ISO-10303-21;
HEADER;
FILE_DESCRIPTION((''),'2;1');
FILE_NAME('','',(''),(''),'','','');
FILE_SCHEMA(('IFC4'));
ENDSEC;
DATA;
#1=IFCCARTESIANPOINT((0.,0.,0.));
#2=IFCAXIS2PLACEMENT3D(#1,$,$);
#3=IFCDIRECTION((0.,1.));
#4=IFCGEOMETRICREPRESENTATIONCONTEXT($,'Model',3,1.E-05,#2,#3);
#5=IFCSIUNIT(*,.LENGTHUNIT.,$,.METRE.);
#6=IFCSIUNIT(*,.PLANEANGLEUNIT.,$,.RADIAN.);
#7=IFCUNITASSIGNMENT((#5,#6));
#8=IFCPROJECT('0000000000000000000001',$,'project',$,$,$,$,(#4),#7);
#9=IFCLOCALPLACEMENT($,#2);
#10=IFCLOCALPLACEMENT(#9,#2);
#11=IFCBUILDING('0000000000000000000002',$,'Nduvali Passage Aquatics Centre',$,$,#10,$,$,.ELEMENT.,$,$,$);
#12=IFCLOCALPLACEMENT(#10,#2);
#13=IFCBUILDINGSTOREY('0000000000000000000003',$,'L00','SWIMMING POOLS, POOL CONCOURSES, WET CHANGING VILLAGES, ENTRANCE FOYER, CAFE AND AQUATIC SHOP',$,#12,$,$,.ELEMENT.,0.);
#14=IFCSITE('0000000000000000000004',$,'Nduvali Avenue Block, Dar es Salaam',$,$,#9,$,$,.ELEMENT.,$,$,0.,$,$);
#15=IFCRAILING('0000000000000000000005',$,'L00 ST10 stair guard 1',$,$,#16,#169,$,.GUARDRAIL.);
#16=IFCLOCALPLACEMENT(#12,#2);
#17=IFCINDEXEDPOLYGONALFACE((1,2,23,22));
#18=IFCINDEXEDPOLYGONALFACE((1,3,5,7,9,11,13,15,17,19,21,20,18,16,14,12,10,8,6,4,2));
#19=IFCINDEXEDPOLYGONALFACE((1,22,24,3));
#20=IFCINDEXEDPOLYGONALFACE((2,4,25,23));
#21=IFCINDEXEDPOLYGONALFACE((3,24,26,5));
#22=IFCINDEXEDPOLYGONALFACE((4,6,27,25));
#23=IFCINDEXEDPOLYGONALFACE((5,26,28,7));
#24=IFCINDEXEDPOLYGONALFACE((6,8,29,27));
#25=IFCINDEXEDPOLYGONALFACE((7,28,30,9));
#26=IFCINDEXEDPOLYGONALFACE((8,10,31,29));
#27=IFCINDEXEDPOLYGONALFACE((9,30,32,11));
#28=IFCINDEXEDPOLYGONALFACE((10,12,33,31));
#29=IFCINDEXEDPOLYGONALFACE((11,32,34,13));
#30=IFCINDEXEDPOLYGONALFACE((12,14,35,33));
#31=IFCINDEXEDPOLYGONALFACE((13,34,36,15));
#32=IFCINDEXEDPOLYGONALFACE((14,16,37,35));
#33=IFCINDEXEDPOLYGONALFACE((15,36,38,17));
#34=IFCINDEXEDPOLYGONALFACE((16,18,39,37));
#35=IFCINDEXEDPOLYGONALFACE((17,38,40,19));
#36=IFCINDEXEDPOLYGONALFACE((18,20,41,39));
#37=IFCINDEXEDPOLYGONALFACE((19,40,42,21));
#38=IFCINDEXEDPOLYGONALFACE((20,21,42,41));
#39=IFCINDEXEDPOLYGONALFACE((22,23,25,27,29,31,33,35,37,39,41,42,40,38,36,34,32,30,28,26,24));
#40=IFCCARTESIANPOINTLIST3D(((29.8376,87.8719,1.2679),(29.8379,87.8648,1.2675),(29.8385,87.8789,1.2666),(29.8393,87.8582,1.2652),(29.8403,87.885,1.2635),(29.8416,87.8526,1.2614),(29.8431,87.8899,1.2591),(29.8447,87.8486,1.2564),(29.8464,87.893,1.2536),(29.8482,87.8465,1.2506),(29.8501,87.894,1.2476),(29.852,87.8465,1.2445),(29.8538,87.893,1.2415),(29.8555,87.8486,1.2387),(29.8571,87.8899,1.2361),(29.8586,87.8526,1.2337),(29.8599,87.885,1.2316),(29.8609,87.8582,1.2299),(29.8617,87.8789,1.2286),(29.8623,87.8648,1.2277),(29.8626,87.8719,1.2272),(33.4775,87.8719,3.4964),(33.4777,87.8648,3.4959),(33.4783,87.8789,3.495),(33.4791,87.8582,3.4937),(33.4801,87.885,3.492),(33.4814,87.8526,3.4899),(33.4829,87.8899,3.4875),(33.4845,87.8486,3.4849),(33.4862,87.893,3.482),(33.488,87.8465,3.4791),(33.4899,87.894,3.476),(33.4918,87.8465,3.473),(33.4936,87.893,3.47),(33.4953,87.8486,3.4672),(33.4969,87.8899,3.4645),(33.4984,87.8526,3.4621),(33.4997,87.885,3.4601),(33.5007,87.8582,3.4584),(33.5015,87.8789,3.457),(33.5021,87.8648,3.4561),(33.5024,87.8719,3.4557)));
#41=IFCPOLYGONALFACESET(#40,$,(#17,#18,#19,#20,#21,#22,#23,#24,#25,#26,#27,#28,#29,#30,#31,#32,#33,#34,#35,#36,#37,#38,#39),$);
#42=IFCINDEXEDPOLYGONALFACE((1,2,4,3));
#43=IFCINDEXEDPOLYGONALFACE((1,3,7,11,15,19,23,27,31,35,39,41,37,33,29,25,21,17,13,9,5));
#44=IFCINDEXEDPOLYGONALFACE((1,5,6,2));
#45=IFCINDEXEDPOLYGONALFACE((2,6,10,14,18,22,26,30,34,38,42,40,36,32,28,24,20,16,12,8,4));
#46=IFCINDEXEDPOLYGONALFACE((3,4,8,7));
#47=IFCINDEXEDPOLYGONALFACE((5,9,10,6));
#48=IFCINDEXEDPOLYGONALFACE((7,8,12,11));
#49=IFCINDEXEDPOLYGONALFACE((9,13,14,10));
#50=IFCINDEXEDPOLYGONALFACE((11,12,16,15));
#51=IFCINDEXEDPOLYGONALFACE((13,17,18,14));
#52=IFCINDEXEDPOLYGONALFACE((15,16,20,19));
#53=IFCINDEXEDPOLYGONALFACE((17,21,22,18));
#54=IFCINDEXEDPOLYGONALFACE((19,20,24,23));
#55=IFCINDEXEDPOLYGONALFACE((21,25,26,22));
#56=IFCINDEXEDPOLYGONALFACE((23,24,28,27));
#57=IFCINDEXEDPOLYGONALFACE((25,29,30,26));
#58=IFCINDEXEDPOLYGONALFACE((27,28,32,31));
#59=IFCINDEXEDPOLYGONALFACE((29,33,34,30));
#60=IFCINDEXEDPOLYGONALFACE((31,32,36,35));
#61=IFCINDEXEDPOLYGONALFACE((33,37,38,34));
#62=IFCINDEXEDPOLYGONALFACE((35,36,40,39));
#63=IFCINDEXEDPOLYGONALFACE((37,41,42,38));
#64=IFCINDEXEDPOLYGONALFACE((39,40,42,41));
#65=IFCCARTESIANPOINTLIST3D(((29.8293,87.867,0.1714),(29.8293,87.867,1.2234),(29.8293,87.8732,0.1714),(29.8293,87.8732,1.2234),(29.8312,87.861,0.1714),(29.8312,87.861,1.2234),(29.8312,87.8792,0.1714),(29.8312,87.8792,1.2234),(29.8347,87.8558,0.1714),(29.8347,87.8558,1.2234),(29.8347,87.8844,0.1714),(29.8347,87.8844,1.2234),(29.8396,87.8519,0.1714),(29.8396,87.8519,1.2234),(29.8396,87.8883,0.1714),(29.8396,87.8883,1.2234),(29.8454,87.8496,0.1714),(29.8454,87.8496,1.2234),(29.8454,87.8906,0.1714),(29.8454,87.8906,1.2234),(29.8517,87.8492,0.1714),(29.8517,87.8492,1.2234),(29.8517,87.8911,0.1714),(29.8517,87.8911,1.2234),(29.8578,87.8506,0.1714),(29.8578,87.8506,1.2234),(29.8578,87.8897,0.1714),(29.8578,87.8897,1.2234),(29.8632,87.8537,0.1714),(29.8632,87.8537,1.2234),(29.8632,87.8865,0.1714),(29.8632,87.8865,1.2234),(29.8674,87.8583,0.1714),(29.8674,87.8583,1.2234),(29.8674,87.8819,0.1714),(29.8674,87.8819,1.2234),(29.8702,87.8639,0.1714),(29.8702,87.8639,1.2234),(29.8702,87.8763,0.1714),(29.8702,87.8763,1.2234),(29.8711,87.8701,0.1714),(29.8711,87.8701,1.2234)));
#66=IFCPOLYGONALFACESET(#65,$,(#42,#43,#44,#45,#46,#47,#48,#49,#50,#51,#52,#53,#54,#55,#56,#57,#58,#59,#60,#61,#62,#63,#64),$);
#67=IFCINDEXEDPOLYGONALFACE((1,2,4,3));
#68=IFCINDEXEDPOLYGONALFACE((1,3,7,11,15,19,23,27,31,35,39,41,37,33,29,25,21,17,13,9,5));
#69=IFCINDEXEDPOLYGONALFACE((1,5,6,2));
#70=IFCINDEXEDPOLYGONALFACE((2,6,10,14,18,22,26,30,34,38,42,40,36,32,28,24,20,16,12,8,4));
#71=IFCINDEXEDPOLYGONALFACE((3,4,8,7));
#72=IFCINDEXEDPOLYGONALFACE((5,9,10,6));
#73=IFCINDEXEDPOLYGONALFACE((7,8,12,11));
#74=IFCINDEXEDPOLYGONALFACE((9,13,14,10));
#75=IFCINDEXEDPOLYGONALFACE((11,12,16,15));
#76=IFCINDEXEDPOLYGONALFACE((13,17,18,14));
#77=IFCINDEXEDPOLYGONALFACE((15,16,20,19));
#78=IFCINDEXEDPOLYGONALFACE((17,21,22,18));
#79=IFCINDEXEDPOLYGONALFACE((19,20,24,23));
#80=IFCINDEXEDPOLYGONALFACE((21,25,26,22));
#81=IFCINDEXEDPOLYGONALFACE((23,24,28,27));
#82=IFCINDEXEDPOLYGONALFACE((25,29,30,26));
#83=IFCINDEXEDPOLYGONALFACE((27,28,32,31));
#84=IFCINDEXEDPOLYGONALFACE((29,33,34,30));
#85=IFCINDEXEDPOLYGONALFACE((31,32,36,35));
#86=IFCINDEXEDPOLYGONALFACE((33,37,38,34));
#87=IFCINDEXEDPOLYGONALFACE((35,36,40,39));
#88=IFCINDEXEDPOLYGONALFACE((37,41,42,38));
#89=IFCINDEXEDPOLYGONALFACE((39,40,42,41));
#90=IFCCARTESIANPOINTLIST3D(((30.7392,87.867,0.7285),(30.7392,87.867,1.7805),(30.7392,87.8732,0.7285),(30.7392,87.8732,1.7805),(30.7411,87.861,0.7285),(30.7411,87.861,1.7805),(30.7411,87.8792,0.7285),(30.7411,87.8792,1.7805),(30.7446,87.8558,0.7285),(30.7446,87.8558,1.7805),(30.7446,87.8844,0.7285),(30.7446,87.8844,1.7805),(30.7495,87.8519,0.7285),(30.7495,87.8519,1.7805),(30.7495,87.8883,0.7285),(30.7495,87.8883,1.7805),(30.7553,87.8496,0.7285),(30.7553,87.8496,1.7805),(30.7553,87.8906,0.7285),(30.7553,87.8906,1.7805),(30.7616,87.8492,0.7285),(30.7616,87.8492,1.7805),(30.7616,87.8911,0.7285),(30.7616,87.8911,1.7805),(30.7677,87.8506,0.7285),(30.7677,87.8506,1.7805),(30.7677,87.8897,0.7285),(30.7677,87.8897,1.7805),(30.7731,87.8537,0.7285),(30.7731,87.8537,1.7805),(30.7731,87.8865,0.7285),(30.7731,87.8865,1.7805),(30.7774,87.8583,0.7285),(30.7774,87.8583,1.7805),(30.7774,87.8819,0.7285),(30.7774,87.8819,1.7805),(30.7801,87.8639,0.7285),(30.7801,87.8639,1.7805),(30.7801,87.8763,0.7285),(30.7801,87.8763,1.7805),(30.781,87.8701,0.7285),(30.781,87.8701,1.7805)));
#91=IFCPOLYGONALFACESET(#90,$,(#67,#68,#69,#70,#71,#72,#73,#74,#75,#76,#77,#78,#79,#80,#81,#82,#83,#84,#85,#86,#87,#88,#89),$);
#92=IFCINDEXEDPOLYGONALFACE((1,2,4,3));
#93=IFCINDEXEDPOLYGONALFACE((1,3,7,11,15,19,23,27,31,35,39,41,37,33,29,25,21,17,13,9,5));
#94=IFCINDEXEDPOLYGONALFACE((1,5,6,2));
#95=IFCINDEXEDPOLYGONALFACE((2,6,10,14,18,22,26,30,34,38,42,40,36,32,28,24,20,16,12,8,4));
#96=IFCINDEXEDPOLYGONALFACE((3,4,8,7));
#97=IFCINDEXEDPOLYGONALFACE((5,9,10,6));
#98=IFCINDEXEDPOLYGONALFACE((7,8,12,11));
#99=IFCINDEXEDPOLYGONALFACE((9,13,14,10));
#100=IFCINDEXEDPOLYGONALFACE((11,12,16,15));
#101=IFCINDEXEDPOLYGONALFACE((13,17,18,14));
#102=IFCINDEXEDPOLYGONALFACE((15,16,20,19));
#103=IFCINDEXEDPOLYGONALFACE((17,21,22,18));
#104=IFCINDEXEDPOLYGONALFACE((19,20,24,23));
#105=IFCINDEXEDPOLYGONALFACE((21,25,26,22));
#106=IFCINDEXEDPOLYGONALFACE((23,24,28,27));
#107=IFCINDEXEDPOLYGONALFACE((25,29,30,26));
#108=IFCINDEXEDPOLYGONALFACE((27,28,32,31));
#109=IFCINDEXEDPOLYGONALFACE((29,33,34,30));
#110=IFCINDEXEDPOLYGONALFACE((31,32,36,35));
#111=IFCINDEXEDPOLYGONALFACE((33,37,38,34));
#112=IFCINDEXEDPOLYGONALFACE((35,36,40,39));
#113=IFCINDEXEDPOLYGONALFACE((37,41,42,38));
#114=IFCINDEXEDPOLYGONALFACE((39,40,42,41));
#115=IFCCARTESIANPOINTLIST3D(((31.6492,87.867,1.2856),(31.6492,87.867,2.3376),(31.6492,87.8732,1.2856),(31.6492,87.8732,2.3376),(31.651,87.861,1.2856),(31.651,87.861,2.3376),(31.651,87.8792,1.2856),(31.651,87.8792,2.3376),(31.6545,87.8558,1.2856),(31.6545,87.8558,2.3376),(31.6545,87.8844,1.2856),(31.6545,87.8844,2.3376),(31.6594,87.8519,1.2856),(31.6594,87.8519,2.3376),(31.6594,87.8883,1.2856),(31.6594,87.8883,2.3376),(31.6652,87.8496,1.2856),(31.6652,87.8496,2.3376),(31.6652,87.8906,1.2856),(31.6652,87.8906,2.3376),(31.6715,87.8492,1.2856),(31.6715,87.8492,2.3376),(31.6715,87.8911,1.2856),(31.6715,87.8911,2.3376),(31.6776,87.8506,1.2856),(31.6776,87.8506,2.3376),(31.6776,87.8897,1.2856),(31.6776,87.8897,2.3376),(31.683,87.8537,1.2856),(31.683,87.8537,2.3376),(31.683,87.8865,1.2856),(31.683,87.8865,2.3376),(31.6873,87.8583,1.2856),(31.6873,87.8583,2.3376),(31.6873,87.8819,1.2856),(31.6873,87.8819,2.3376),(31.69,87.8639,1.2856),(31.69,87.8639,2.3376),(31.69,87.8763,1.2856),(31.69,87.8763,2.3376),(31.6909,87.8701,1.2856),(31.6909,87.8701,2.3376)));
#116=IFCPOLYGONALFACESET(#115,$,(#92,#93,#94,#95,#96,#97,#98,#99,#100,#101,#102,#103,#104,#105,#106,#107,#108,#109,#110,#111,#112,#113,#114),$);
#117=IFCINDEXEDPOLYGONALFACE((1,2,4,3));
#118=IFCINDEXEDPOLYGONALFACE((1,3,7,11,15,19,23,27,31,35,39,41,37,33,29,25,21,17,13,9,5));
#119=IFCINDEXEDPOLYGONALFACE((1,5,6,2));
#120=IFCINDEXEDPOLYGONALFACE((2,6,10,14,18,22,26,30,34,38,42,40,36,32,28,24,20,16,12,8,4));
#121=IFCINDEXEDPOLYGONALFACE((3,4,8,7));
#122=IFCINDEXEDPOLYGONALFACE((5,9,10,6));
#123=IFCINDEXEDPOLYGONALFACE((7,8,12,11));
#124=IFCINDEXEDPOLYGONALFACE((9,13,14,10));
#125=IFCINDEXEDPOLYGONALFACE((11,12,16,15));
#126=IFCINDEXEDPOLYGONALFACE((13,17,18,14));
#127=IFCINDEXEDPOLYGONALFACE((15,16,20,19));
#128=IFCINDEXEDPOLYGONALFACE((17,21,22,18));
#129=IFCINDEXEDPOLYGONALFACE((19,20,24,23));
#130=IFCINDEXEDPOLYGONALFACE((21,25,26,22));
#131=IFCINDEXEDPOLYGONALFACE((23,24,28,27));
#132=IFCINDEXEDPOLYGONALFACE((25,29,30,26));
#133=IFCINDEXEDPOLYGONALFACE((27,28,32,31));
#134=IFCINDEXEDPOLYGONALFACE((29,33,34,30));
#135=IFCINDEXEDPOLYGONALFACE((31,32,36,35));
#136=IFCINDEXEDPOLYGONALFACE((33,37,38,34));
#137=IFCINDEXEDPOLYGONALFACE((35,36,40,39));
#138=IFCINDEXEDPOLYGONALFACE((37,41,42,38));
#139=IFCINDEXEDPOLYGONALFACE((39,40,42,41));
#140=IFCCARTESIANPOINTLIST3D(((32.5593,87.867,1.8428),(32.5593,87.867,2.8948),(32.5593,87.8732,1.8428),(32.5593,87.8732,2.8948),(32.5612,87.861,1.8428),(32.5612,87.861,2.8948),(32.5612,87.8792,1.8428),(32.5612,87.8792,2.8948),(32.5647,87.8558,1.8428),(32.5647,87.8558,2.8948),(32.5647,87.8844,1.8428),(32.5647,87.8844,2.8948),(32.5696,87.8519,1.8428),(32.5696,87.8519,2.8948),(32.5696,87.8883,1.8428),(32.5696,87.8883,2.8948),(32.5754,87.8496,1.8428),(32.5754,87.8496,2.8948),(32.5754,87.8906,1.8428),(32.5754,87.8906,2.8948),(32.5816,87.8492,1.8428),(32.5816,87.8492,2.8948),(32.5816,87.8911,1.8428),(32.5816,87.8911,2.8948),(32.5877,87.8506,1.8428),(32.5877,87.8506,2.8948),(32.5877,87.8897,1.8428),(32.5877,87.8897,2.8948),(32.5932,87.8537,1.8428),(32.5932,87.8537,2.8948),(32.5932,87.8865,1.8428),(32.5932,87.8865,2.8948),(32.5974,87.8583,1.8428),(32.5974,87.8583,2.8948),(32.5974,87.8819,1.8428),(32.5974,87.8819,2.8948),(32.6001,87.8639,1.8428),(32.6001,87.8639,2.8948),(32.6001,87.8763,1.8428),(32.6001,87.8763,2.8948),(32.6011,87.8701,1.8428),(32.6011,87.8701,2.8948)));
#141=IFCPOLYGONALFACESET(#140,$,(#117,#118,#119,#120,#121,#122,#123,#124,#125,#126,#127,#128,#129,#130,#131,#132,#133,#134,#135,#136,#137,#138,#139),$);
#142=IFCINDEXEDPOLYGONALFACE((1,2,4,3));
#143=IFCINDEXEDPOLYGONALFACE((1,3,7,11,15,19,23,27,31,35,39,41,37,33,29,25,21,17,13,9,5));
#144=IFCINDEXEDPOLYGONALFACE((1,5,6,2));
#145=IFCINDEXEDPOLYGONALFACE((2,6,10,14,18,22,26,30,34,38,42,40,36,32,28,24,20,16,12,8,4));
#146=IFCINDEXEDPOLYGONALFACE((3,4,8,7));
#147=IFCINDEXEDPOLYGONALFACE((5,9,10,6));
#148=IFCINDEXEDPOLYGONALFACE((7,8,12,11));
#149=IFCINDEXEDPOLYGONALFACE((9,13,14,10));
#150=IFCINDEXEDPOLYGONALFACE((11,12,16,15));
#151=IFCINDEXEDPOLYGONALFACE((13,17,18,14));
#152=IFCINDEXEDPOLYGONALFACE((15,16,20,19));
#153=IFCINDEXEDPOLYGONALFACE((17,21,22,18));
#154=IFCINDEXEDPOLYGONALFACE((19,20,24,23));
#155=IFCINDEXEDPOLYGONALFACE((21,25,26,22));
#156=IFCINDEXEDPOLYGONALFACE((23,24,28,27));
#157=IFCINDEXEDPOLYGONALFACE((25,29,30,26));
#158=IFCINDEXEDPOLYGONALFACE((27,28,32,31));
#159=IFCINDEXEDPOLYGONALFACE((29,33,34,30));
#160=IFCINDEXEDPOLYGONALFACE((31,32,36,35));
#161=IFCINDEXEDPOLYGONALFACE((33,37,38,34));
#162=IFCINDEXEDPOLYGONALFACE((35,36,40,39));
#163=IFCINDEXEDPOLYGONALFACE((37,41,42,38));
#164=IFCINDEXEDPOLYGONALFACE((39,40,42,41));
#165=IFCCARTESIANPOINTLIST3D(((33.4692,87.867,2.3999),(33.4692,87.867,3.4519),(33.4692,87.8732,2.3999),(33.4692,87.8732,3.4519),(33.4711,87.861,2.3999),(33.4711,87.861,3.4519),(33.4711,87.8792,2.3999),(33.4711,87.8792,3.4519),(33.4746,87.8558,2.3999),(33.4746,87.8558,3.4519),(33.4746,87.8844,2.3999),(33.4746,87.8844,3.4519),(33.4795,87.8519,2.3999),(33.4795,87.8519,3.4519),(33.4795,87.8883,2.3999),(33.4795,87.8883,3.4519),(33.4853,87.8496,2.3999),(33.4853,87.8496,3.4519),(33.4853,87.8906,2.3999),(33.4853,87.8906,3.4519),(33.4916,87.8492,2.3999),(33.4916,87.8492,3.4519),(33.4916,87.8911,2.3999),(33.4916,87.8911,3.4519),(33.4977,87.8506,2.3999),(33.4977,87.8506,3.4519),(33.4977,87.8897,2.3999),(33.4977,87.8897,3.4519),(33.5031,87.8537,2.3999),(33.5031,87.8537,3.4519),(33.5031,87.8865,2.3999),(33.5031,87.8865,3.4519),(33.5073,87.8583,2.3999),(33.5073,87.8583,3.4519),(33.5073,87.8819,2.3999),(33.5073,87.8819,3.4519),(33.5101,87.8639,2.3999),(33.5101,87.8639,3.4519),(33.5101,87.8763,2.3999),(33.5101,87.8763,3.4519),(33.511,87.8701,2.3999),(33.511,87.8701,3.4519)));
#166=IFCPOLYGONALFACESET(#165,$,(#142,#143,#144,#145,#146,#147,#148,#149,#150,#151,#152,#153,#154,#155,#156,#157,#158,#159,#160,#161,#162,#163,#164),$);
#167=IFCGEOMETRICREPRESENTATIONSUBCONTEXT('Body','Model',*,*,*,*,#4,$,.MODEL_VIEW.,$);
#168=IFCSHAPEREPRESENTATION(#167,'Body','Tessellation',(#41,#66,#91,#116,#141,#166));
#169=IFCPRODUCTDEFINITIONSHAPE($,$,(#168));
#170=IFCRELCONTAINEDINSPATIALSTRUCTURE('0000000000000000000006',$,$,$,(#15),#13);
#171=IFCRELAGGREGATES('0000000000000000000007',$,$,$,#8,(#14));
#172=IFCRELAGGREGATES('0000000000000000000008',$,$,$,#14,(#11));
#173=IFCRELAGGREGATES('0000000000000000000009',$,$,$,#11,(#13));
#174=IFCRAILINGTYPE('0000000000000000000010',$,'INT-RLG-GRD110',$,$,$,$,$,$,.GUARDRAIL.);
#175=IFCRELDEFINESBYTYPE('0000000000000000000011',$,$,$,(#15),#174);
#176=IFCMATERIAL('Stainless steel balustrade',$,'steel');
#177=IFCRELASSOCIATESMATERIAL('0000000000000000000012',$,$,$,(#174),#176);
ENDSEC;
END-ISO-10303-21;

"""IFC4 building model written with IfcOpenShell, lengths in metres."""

from ifc_helpers import new_model, si_unit, direction, frame, origin, origin_2d, place, context, subcontext, project, spatial, circle, extrude, material, type_object, element, save


model = new_model("IFC4")

# Units and contexts
model_context = context("Model", 3, precision=1e-05, world=origin(), true_north=direction((0.0, 1.0)))
body_context = subcontext(model_context, "Body", "Model", "MODEL_VIEW")
ifc_project = project(units=[si_unit("LENGTHUNIT", "METRE"), si_unit("PLANEANGLEUNIT", "RADIAN")], contexts=[model_context])

# Site, building, storey
site_placement = place(None, origin())
site = spatial("IfcSite", under=ifc_project, at=site_placement, Name="Nduvali Avenue Block, Dar es Salaam", CompositionType="ELEMENT", RefElevation=0.0)
building_placement = place(site_placement, origin())
building = spatial("IfcBuilding", under=site, at=building_placement, Name="Nduvali Passage Aquatics Centre", CompositionType="ELEMENT")
storey_placement = place(building_placement, origin())
storey = spatial("IfcBuildingStorey", under=building, at=storey_placement, Name="L00", Description="SWIMMING POOLS, POOL CONCOURSES, WET CHANGING VILLAGES, ENTRANCE FOYER, CAFE AND AQUATIC SHOP", CompositionType="ELEMENT", Elevation=0.0)

# Railing
ifc_material_1 = material(Name="Stainless steel balustrade", Category="steel")
railing_type_1 = type_object("IfcRailingType", Name="INT-RLG-GRD110", PredefinedType="GUARDRAIL", material=ifc_material_1)
railing_1_placement = place(storey_placement, frame((29.8501, 87.8701, 0.1714)))
element("IfcRailing", 1, at=railing_1_placement, inside=storey, type_object=railing_type_1, Name="L00 ST10 stair guard 1", PredefinedType="GUARDRAIL", context=body_context, shape_type="SweptSolid", body=[
    extrude(circle(Radius=0.0239, at=origin_2d()), frame((0.0, 0.0, 1.0762), z_axis=(0.85285, 0.0, 0.522156), x_axis=(0.0, 1.0, 0.0)), (0.0, 0.0, 1.0), 4.2678),
    extrude(circle(Radius=0.021, at=origin_2d()), origin(), (0.0, 0.0, 1.0), 1.052),
    extrude(circle(Radius=0.021, at=origin_2d()), frame((0.9099, 0.0, 0.5571)), (0.0, 0.0, 1.0), 1.052),
    extrude(circle(Radius=0.021, at=origin_2d()), frame((1.8198, 0.0, 1.1143)), (0.0, 0.0, 1.0), 1.052),
    extrude(circle(Radius=0.021, at=origin_2d()), frame((2.73, 0.0, 1.6714)), (0.0, 0.0, 1.0), 1.052),
    extrude(circle(Radius=0.021, at=origin_2d()), frame((3.6399, 0.0, 2.2285)), (0.0, 0.0, 1.0), 1.052),
])

save(model, "model.ifc")
